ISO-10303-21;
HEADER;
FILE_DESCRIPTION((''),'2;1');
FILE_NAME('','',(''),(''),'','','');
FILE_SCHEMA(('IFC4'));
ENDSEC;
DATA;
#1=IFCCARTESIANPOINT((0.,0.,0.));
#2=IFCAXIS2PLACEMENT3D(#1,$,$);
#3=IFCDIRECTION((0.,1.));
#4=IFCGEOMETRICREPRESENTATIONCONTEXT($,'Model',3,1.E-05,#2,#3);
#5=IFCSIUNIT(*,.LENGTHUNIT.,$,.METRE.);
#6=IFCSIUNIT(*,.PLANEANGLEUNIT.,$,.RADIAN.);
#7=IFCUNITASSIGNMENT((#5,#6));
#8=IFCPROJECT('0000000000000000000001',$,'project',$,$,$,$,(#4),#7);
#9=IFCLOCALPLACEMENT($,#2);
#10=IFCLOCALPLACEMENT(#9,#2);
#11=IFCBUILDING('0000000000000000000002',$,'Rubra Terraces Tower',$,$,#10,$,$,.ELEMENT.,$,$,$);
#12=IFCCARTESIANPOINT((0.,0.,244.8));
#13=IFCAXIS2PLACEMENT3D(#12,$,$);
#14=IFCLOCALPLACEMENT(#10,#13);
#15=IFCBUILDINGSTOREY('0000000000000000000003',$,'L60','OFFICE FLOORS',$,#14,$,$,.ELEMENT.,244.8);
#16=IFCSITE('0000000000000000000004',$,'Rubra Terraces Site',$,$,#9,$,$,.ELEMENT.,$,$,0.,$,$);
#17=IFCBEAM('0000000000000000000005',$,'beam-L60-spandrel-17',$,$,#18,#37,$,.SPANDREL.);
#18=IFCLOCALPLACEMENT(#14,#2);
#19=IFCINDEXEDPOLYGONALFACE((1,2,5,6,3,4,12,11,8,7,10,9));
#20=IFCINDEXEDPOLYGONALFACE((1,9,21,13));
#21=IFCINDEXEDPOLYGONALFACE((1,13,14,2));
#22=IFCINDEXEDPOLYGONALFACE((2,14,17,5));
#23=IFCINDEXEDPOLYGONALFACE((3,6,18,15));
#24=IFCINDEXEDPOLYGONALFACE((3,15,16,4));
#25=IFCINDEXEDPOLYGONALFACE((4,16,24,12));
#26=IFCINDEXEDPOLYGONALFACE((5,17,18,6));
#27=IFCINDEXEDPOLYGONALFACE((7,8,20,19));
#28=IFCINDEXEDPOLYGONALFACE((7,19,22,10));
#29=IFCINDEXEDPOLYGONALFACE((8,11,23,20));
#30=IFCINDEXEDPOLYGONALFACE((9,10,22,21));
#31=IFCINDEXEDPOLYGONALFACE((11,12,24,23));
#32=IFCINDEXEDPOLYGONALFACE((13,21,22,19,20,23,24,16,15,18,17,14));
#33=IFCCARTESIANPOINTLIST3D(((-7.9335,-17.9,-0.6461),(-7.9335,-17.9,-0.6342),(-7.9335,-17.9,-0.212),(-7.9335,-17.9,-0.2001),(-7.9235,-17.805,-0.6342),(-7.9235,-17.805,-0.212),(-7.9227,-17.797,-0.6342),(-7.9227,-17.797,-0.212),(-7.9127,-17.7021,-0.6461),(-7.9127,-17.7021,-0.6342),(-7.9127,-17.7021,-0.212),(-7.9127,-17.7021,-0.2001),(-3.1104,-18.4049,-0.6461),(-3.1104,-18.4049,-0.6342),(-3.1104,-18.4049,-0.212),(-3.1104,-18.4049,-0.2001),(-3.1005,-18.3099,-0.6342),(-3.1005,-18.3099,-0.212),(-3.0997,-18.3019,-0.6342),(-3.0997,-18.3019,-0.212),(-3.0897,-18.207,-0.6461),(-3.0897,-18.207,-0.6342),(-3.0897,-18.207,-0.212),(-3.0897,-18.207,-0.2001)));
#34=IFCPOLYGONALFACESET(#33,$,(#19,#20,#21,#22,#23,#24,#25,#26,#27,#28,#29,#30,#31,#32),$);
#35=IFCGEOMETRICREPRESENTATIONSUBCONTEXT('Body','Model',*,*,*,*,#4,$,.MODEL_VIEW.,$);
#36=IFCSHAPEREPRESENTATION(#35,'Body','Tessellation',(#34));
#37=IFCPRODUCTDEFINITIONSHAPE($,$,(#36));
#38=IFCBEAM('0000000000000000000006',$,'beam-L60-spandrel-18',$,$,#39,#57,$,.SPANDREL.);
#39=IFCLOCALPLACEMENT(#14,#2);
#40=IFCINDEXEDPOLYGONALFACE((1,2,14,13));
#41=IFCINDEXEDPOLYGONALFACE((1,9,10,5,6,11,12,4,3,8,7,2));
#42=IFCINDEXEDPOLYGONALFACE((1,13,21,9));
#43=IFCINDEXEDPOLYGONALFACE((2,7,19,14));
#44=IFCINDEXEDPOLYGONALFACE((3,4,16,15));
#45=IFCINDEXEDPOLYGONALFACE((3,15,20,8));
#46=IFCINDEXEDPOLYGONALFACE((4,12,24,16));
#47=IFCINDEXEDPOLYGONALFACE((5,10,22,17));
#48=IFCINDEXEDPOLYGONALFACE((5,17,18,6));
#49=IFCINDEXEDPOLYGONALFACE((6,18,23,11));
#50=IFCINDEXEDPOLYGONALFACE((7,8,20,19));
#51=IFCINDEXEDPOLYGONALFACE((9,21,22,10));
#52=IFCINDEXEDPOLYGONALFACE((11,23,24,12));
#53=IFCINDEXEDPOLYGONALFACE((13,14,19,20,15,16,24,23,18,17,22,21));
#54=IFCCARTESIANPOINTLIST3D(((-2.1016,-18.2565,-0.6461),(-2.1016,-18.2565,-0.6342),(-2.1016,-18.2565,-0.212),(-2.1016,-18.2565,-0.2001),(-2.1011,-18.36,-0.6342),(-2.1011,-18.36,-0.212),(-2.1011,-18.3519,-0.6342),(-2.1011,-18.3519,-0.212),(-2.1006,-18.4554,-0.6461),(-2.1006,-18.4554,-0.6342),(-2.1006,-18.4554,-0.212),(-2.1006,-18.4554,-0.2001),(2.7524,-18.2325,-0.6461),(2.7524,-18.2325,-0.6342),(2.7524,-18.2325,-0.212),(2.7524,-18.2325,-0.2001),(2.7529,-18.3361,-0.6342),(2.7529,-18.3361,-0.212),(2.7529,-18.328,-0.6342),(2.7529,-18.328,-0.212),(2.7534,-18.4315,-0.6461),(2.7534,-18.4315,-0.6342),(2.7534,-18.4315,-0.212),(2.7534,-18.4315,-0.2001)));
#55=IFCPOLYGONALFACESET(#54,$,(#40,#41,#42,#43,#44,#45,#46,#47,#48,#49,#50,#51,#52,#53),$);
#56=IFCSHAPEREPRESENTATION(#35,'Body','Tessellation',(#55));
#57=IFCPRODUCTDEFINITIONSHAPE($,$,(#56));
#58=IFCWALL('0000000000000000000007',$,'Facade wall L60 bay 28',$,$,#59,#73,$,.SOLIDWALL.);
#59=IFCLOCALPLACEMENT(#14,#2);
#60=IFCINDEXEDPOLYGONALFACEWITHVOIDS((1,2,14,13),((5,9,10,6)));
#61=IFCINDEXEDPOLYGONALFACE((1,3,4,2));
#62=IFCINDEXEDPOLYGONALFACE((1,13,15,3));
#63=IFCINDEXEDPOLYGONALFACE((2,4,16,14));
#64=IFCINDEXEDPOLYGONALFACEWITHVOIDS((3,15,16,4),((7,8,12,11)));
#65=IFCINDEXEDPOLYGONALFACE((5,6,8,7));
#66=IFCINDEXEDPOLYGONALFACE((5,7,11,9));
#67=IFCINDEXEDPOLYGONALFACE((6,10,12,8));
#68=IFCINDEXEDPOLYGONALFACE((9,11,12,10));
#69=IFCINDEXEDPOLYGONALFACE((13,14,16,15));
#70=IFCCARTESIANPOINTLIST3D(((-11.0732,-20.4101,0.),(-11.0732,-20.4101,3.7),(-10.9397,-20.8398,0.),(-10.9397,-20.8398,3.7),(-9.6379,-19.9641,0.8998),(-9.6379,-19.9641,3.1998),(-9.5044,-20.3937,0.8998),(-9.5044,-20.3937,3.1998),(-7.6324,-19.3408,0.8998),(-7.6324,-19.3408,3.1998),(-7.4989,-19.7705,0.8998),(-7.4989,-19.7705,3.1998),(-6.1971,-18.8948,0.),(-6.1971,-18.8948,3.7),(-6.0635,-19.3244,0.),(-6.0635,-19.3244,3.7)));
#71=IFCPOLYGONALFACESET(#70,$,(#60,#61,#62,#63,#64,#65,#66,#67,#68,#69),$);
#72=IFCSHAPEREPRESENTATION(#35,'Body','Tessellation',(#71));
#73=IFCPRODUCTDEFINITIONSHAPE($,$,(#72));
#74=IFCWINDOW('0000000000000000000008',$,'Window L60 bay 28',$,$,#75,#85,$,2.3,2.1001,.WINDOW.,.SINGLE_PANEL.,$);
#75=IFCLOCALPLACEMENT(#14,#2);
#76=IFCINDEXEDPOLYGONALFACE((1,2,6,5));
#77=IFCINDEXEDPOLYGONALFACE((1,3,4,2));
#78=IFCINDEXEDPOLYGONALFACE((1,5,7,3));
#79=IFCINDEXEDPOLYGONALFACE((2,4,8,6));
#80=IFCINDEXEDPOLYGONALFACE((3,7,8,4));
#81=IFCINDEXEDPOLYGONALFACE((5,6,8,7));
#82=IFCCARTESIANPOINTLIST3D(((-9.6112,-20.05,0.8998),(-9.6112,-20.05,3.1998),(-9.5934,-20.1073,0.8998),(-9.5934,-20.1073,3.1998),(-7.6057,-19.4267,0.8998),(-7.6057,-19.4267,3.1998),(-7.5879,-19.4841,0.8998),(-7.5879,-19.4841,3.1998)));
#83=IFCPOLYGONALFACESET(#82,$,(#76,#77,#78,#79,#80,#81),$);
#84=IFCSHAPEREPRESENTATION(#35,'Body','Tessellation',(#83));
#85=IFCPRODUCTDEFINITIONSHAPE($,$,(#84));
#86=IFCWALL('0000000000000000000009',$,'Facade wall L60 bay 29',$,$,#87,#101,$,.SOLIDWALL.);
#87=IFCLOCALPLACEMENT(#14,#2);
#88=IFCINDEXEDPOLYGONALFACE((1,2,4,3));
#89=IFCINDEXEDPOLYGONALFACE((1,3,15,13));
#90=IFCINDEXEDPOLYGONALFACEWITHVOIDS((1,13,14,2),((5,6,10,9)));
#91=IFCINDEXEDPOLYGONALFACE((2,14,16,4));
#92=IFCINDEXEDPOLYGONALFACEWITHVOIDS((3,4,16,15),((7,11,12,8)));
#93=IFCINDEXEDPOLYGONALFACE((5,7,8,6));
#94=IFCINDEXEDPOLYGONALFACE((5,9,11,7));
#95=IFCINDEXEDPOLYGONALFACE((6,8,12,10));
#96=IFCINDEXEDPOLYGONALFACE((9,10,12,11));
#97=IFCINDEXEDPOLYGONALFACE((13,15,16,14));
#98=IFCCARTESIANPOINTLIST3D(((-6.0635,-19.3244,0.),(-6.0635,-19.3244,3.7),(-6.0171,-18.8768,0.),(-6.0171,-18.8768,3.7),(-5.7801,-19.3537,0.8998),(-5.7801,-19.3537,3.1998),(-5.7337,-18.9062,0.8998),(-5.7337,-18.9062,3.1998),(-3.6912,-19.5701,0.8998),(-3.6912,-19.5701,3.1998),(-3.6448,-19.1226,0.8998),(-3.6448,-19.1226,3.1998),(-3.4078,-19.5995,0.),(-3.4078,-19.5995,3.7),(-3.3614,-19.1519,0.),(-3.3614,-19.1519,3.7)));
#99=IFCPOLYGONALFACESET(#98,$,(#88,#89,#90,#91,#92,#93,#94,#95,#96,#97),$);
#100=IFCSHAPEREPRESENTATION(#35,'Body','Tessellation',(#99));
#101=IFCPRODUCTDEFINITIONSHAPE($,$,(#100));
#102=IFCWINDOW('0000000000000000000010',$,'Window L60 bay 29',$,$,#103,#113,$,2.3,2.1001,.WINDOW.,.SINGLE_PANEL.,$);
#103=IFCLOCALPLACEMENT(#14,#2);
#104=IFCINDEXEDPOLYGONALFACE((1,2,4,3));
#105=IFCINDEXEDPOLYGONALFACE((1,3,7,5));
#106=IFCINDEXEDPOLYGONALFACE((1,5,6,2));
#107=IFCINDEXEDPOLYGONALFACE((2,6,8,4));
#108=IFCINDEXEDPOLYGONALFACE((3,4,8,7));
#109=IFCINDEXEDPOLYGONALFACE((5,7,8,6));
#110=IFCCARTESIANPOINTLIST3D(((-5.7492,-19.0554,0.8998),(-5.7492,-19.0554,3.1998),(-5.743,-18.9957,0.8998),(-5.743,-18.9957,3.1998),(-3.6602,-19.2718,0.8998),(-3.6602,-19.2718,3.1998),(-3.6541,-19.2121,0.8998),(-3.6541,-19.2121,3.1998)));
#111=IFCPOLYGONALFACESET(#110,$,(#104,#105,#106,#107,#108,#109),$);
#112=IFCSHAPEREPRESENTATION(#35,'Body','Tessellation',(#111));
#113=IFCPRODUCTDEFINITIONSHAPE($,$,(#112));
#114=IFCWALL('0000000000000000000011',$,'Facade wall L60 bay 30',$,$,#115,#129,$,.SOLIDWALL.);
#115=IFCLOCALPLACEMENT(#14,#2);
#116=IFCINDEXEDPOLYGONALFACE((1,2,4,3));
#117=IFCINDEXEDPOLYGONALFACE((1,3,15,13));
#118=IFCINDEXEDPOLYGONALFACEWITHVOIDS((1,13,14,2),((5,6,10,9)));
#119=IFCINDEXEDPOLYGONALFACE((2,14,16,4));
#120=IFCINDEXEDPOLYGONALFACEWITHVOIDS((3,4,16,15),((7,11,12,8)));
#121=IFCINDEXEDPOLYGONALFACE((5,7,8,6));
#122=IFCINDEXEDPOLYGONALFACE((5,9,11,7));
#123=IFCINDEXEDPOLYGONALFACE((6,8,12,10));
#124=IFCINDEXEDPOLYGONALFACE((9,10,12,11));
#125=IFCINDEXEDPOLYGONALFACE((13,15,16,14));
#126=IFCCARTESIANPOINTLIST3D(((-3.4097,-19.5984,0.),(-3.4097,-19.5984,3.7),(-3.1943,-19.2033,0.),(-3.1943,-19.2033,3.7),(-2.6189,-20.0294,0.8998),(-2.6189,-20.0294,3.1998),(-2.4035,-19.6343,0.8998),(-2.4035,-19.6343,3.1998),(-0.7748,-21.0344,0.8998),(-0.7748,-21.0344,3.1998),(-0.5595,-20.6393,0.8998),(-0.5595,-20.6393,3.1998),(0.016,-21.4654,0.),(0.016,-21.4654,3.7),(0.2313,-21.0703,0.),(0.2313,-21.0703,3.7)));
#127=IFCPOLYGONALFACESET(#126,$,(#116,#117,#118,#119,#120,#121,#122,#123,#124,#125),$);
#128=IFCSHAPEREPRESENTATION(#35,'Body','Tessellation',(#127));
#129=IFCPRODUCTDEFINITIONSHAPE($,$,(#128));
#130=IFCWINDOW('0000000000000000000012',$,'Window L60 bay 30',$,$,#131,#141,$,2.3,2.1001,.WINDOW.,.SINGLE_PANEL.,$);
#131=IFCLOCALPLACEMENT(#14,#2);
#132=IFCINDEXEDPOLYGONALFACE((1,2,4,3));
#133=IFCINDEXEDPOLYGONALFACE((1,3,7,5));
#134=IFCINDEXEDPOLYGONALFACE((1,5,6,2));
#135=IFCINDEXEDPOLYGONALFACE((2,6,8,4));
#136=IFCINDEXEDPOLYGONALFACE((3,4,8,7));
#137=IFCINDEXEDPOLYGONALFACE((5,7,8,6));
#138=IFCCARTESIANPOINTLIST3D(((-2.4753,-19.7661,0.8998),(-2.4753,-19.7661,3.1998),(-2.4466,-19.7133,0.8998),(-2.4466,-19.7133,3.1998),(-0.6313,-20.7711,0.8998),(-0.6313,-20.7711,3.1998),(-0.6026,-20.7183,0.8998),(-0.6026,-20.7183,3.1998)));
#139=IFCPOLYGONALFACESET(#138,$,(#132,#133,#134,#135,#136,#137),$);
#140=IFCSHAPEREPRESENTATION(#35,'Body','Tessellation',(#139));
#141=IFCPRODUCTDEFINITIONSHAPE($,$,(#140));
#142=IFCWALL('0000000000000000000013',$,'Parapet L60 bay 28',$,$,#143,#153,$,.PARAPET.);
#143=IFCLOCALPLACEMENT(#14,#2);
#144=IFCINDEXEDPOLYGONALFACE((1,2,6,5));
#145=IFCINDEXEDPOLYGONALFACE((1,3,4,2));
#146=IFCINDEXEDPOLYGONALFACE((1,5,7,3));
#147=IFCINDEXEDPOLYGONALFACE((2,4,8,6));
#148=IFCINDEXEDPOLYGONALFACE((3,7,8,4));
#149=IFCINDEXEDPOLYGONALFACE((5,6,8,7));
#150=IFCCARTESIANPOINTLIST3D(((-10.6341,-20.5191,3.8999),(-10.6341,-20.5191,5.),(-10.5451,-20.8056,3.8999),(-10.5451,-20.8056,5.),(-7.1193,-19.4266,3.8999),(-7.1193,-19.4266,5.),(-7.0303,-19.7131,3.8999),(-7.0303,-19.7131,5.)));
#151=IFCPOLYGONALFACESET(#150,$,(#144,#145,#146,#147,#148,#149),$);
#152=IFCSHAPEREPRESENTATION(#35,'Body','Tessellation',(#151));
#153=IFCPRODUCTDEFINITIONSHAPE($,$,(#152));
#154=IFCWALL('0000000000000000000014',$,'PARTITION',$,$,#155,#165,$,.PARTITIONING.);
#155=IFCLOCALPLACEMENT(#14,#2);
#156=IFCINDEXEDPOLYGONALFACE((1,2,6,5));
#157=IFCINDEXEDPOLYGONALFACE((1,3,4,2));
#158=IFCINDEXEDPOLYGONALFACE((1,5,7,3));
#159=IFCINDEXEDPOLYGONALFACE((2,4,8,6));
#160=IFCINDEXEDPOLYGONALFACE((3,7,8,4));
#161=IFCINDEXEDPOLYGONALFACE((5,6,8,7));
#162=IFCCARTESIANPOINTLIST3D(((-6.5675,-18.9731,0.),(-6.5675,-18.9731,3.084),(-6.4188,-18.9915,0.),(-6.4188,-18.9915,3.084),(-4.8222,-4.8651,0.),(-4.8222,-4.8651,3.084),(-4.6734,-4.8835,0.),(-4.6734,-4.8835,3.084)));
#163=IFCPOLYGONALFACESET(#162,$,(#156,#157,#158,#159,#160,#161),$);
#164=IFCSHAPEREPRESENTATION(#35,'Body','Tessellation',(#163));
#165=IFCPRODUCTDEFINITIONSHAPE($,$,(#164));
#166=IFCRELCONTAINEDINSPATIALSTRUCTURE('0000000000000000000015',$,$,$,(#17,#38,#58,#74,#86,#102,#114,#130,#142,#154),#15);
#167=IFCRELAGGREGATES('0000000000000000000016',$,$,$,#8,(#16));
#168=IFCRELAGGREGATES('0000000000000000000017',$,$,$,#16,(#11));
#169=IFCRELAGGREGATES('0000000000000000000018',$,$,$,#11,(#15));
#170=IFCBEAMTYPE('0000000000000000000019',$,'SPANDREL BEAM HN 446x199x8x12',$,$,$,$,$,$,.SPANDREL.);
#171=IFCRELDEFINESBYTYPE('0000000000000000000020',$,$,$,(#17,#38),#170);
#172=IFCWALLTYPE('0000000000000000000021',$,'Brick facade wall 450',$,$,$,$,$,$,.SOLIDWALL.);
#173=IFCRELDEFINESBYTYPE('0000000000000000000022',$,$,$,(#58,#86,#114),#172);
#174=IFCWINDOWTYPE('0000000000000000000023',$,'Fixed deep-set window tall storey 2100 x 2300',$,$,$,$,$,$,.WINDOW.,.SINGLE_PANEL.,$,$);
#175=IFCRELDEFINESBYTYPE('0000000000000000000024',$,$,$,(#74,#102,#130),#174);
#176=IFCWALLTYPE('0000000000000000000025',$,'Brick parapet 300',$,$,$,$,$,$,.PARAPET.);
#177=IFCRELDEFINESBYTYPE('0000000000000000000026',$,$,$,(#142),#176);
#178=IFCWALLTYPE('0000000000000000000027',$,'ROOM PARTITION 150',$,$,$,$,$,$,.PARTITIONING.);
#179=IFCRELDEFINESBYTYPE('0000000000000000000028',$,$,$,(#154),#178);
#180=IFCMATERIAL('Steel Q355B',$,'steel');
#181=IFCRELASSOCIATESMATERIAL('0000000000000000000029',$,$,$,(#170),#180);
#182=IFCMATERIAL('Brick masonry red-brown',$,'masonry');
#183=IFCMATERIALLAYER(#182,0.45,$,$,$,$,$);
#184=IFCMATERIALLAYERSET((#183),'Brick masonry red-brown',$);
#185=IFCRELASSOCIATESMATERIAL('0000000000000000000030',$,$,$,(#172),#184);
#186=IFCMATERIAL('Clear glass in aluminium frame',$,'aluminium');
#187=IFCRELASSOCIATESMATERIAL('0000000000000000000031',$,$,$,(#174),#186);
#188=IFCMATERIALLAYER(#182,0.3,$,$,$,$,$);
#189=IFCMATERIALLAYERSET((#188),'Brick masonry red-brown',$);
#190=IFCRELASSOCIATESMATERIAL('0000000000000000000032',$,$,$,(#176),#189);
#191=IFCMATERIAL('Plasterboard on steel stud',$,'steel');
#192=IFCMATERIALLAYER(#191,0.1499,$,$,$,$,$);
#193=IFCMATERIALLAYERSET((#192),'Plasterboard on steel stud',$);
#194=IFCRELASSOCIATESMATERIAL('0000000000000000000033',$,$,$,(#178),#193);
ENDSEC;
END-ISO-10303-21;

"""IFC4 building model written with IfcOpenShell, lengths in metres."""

from ifc_helpers import new_model, si_unit, direction, frame, frame_2d, origin, origin_2d, place, context, subcontext, project, spatial, rectangle, i_section, extrude, material, layer, layer_set, material_profile, profile_set, type_object, element, fill, save


model = new_model("IFC4")

# Units and contexts
model_context = context("Model", 3, precision=1e-05, world=origin(), true_north=direction((0.0, 1.0)))
body_context = subcontext(model_context, "Body", "Model", "MODEL_VIEW")
ifc_project = project(units=[si_unit("LENGTHUNIT", "METRE"), si_unit("PLANEANGLEUNIT", "RADIAN")], contexts=[model_context])

# Site, building, storey
site_placement = place(None, origin())
site = spatial("IfcSite", under=ifc_project, at=site_placement, Name="Rubra Terraces Site", CompositionType="ELEMENT", RefElevation=0.0)
building_placement = place(site_placement, origin())
building = spatial("IfcBuilding", under=site, at=building_placement, Name="Rubra Terraces Tower", CompositionType="ELEMENT")
storey_placement = place(building_placement, frame((0.0, 0.0, 244.8)))
storey = spatial("IfcBuildingStorey", under=building, at=storey_placement, Name="L60", Description="OFFICE FLOORS", CompositionType="ELEMENT", Elevation=244.8)

# Beams
ifc_material_1 = material(Name="Steel Q355B", Category="steel")
ifc_material_profile_1 = material_profile(ifc_material_1, i_section(OverallWidth=0.199, OverallDepth=0.446, WebThickness=0.0081, FlangeThickness=0.012, at=origin_2d()), Name="HN 446x199x8x12")
ifc_profile_set_1 = profile_set([ifc_material_profile_1], Name="Steel Q355B")
beam_type_1 = type_object("IfcBeamType", Name="SPANDREL BEAM HN 446x199x8x12", PredefinedType="SPANDREL", material=ifc_profile_set_1)
beam_1_placement = place(storey_placement, frame((-7.9231, -17.801, -0.4231), z_axis=(0.994565, -0.104113, 0.0), x_axis=(0.104113, 0.994565, 0.0)))
element("IfcBeam", 1, at=beam_1_placement, inside=storey, type_object=beam_type_1, Name="beam-L60-spandrel-17", PredefinedType="SPANDREL", context=body_context, shape_type="SweptSolid", body=[
    extrude(i_section(OverallWidth=0.199, OverallDepth=0.446, WebThickness=0.0081, FlangeThickness=0.012, at=origin_2d()), origin(), (0.0, 0.0, 1.0), 4.8494),
])
beam_2_placement = place(storey_placement, frame((-2.1011, -18.356, -0.4231), z_axis=(0.999988, 0.004929, 0.0), x_axis=(-0.004929, 0.999988, 0.0)))
element("IfcBeam", 2, at=beam_2_placement, inside=storey, type_object=beam_type_1, Name="beam-L60-spandrel-18", PredefinedType="SPANDREL", context=body_context, shape_type="SweptSolid", body=[
    extrude(i_section(OverallWidth=0.199, OverallDepth=0.446, WebThickness=0.0081, FlangeThickness=0.012, at=origin_2d()), origin(), (0.0, 0.0, 1.0), 4.854),
])

# Walls, openings, windows
ifc_material_2 = material(Name="Brick masonry red-brown", Category="masonry")
ifc_layer_1 = layer(ifc_material_2, 0.45)
ifc_layer_set_1 = layer_set([ifc_layer_1], Name="Brick masonry red-brown")
wall_type_1 = type_object("IfcWallType", Name="Brick facade wall 450", PredefinedType="SOLIDWALL", material=ifc_layer_set_1)
wall_1_placement = place(storey_placement, frame((-11.0066, -20.625, 0.0), z_axis=(0.0, 0.0, 1.0), x_axis=(0.954949, 0.296769, 0.0)))
wall_1 = element("IfcWall", 3, at=wall_1_placement, inside=storey, type_object=wall_type_1, Name="Facade wall L60 bay 28", PredefinedType="SOLIDWALL", context=body_context, shape_type="SweptSolid", body=[
    extrude(rectangle(XDim=5.1062, YDim=0.45, at=frame_2d((2.5532, 0.0))), origin(), (0.0, 0.0, 1.0), 3.7),
])
opening_1_placement = place(wall_1_placement, frame((1.5032, 0.0, 0.8999)))
opening_1 = element("IfcOpeningElement", 4, at=opening_1_placement, cuts=wall_1, PredefinedType="OPENING", context=body_context, shape_type="SweptSolid", body=[
    extrude(rectangle(XDim=2.1001, YDim=2.3, at=frame_2d((1.05, 1.1499))), frame((0.0, 0.2349, 0.0), z_axis=(0.0, -1.0, 0.0), x_axis=(1.0, 0.0, 0.0)), (0.0, 0.0, 1.0), 0.47),
])
ifc_material_3 = material(Name="Clear glass in aluminium frame", Category="aluminium")
window_type = type_object("IfcWindowType", Name="Fixed deep-set window tall storey 2100 x 2300", PartitioningType="SINGLE_PANEL", PredefinedType="WINDOW", material=ifc_material_3)
window_1_placement = place(opening_1_placement, origin())
window_1 = element("IfcWindow", 5, at=window_1_placement, inside=storey, type_object=window_type, Name="Window L60 bay 28", OverallHeight=2.3, OverallWidth=2.1001, PartitioningType="SINGLE_PANEL", PredefinedType="WINDOW", context=body_context, shape_type="SweptSolid", body=[
    extrude(rectangle(XDim=2.1001, YDim=2.3, at=frame_2d((1.05, 1.1499))), frame((0.0, 0.135, 0.0), z_axis=(0.0, -1.0, 0.0), x_axis=(1.0, 0.0, 0.0)), (0.0, 0.0, 1.0), 0.0601),
])
fill(opening_1, window_1)
wall_2_placement = place(storey_placement, frame((-6.0403, -19.1006, 0.0), z_axis=(0.0, 0.0, 1.0), x_axis=(0.994676, -0.103052, 0.0)))
wall_2 = element("IfcWall", 6, at=wall_2_placement, inside=storey, type_object=wall_type_1, Name="Facade wall L60 bay 29", PredefinedType="SOLIDWALL", context=body_context, shape_type="SweptSolid", body=[
    extrude(rectangle(XDim=2.6699, YDim=0.45, at=frame_2d((1.335, 0.0))), origin(), (0.0, 0.0, 1.0), 3.7),
])
opening_2_placement = place(wall_2_placement, frame((0.2849, 0.0, 0.8999)))
opening_2 = element("IfcOpeningElement", 7, at=opening_2_placement, cuts=wall_2, PredefinedType="OPENING", context=body_context, shape_type="SweptSolid", body=[
    extrude(rectangle(XDim=2.1001, YDim=2.3, at=frame_2d((1.05, 1.1499))), frame((0.0, 0.2349, 0.0), z_axis=(0.0, -1.0, 0.0), x_axis=(1.0, 0.0, 0.0)), (0.0, 0.0, 1.0), 0.47),
])
window_2_placement = place(opening_2_placement, origin())
window_2 = element("IfcWindow", 8, at=window_2_placement, inside=storey, type_object=window_type, Name="Window L60 bay 29", OverallHeight=2.3, OverallWidth=2.1001, PartitioningType="SINGLE_PANEL", PredefinedType="WINDOW", context=body_context, shape_type="SweptSolid", body=[
    extrude(rectangle(XDim=2.1001, YDim=2.3, at=frame_2d((1.05, 1.1499))), frame((0.0, 0.135, 0.0), z_axis=(0.0, -1.0, 0.0), x_axis=(1.0, 0.0, 0.0)), (0.0, 0.0, 1.0), 0.0601),
])
fill(opening_2, window_2)
wall_3_placement = place(storey_placement, frame((-3.302, -19.4009, 0.0), z_axis=(0.0, 0.0, 1.0), x_axis=(0.878061, -0.47855, 0.0)))
wall_3 = element("IfcWall", 9, at=wall_3_placement, inside=storey, type_object=wall_type_1, Name="Facade wall L60 bay 30", PredefinedType="SOLIDWALL", context=body_context, shape_type="SweptSolid", body=[
    extrude(rectangle(XDim=3.9014, YDim=0.45, at=frame_2d((1.9507, 0.0))), origin(), (0.0, 0.0, 1.0), 3.7),
])
opening_3_placement = place(wall_3_placement, frame((0.9006, 0.0, 0.8999)))
opening_3 = element("IfcOpeningElement", 10, at=opening_3_placement, cuts=wall_3, PredefinedType="OPENING", context=body_context, shape_type="SweptSolid", body=[
    extrude(rectangle(XDim=2.1001, YDim=2.3, at=frame_2d((1.05, 1.1499))), frame((0.0, 0.2349, 0.0), z_axis=(0.0, -1.0, 0.0), x_axis=(1.0, 0.0, 0.0)), (0.0, 0.0, 1.0), 0.47),
])
window_3_placement = place(opening_3_placement, origin())
window_3 = element("IfcWindow", 11, at=window_3_placement, inside=storey, type_object=window_type, Name="Window L60 bay 30", OverallHeight=2.3, OverallWidth=2.1001, PartitioningType="SINGLE_PANEL", PredefinedType="WINDOW", context=body_context, shape_type="SweptSolid", body=[
    extrude(rectangle(XDim=2.1001, YDim=2.3, at=frame_2d((1.05, 1.1499))), frame((0.0, 0.135, 0.0), z_axis=(0.0, -1.0, 0.0), x_axis=(1.0, 0.0, 0.0)), (0.0, 0.0, 1.0), 0.0601),
])
fill(opening_3, window_3)

# Walls
ifc_layer_2 = layer(ifc_material_2, 0.3)
ifc_layer_set_2 = layer_set([ifc_layer_2], Name="Brick masonry red-brown")
wall_type_2 = type_object("IfcWallType", Name="Brick parapet 300", PredefinedType="PARAPET", material=ifc_layer_set_2)
wall_4_placement = place(storey_placement, frame((-10.5896, -20.6624, 3.8999), z_axis=(0.0, 0.0, 1.0), x_axis=(0.954933, 0.296821, 0.0)))
element("IfcWall", 12, at=wall_4_placement, inside=storey, type_object=wall_type_2, Name="Parapet L60 bay 28", PredefinedType="PARAPET", context=body_context, shape_type="SweptSolid", body=[
    extrude(rectangle(XDim=3.6807, YDim=0.3, at=frame_2d((1.8403, 0.0))), origin(), (0.0, 0.0, 1.0), 1.1001),
])
ifc_material_4 = material(Name="Plasterboard on steel stud", Category="steel")
ifc_layer_3 = layer(ifc_material_4, 0.1499)
ifc_layer_set_3 = layer_set([ifc_layer_3], Name="Plasterboard on steel stud")
wall_type_3 = type_object("IfcWallType", Name="ROOM PARTITION 150", PredefinedType="PARTITIONING", material=ifc_layer_set_3)
wall_5_placement = place(storey_placement, frame((-6.4932, -18.9824, 0.0), z_axis=(0.0, 0.0, 1.0), x_axis=(0.122779, 0.992434, 0.0)))
element("IfcWall", 13, at=wall_5_placement, inside=storey, type_object=wall_type_3, Name="PARTITION", PredefinedType="PARTITIONING", context=body_context, shape_type="SweptSolid", body=[
    extrude(rectangle(XDim=14.2156, YDim=0.1499, at=frame_2d((7.1079, 0.0))), origin(), (0.0, 0.0, 1.0), 3.084),
])

save(model, "model.ifc")
